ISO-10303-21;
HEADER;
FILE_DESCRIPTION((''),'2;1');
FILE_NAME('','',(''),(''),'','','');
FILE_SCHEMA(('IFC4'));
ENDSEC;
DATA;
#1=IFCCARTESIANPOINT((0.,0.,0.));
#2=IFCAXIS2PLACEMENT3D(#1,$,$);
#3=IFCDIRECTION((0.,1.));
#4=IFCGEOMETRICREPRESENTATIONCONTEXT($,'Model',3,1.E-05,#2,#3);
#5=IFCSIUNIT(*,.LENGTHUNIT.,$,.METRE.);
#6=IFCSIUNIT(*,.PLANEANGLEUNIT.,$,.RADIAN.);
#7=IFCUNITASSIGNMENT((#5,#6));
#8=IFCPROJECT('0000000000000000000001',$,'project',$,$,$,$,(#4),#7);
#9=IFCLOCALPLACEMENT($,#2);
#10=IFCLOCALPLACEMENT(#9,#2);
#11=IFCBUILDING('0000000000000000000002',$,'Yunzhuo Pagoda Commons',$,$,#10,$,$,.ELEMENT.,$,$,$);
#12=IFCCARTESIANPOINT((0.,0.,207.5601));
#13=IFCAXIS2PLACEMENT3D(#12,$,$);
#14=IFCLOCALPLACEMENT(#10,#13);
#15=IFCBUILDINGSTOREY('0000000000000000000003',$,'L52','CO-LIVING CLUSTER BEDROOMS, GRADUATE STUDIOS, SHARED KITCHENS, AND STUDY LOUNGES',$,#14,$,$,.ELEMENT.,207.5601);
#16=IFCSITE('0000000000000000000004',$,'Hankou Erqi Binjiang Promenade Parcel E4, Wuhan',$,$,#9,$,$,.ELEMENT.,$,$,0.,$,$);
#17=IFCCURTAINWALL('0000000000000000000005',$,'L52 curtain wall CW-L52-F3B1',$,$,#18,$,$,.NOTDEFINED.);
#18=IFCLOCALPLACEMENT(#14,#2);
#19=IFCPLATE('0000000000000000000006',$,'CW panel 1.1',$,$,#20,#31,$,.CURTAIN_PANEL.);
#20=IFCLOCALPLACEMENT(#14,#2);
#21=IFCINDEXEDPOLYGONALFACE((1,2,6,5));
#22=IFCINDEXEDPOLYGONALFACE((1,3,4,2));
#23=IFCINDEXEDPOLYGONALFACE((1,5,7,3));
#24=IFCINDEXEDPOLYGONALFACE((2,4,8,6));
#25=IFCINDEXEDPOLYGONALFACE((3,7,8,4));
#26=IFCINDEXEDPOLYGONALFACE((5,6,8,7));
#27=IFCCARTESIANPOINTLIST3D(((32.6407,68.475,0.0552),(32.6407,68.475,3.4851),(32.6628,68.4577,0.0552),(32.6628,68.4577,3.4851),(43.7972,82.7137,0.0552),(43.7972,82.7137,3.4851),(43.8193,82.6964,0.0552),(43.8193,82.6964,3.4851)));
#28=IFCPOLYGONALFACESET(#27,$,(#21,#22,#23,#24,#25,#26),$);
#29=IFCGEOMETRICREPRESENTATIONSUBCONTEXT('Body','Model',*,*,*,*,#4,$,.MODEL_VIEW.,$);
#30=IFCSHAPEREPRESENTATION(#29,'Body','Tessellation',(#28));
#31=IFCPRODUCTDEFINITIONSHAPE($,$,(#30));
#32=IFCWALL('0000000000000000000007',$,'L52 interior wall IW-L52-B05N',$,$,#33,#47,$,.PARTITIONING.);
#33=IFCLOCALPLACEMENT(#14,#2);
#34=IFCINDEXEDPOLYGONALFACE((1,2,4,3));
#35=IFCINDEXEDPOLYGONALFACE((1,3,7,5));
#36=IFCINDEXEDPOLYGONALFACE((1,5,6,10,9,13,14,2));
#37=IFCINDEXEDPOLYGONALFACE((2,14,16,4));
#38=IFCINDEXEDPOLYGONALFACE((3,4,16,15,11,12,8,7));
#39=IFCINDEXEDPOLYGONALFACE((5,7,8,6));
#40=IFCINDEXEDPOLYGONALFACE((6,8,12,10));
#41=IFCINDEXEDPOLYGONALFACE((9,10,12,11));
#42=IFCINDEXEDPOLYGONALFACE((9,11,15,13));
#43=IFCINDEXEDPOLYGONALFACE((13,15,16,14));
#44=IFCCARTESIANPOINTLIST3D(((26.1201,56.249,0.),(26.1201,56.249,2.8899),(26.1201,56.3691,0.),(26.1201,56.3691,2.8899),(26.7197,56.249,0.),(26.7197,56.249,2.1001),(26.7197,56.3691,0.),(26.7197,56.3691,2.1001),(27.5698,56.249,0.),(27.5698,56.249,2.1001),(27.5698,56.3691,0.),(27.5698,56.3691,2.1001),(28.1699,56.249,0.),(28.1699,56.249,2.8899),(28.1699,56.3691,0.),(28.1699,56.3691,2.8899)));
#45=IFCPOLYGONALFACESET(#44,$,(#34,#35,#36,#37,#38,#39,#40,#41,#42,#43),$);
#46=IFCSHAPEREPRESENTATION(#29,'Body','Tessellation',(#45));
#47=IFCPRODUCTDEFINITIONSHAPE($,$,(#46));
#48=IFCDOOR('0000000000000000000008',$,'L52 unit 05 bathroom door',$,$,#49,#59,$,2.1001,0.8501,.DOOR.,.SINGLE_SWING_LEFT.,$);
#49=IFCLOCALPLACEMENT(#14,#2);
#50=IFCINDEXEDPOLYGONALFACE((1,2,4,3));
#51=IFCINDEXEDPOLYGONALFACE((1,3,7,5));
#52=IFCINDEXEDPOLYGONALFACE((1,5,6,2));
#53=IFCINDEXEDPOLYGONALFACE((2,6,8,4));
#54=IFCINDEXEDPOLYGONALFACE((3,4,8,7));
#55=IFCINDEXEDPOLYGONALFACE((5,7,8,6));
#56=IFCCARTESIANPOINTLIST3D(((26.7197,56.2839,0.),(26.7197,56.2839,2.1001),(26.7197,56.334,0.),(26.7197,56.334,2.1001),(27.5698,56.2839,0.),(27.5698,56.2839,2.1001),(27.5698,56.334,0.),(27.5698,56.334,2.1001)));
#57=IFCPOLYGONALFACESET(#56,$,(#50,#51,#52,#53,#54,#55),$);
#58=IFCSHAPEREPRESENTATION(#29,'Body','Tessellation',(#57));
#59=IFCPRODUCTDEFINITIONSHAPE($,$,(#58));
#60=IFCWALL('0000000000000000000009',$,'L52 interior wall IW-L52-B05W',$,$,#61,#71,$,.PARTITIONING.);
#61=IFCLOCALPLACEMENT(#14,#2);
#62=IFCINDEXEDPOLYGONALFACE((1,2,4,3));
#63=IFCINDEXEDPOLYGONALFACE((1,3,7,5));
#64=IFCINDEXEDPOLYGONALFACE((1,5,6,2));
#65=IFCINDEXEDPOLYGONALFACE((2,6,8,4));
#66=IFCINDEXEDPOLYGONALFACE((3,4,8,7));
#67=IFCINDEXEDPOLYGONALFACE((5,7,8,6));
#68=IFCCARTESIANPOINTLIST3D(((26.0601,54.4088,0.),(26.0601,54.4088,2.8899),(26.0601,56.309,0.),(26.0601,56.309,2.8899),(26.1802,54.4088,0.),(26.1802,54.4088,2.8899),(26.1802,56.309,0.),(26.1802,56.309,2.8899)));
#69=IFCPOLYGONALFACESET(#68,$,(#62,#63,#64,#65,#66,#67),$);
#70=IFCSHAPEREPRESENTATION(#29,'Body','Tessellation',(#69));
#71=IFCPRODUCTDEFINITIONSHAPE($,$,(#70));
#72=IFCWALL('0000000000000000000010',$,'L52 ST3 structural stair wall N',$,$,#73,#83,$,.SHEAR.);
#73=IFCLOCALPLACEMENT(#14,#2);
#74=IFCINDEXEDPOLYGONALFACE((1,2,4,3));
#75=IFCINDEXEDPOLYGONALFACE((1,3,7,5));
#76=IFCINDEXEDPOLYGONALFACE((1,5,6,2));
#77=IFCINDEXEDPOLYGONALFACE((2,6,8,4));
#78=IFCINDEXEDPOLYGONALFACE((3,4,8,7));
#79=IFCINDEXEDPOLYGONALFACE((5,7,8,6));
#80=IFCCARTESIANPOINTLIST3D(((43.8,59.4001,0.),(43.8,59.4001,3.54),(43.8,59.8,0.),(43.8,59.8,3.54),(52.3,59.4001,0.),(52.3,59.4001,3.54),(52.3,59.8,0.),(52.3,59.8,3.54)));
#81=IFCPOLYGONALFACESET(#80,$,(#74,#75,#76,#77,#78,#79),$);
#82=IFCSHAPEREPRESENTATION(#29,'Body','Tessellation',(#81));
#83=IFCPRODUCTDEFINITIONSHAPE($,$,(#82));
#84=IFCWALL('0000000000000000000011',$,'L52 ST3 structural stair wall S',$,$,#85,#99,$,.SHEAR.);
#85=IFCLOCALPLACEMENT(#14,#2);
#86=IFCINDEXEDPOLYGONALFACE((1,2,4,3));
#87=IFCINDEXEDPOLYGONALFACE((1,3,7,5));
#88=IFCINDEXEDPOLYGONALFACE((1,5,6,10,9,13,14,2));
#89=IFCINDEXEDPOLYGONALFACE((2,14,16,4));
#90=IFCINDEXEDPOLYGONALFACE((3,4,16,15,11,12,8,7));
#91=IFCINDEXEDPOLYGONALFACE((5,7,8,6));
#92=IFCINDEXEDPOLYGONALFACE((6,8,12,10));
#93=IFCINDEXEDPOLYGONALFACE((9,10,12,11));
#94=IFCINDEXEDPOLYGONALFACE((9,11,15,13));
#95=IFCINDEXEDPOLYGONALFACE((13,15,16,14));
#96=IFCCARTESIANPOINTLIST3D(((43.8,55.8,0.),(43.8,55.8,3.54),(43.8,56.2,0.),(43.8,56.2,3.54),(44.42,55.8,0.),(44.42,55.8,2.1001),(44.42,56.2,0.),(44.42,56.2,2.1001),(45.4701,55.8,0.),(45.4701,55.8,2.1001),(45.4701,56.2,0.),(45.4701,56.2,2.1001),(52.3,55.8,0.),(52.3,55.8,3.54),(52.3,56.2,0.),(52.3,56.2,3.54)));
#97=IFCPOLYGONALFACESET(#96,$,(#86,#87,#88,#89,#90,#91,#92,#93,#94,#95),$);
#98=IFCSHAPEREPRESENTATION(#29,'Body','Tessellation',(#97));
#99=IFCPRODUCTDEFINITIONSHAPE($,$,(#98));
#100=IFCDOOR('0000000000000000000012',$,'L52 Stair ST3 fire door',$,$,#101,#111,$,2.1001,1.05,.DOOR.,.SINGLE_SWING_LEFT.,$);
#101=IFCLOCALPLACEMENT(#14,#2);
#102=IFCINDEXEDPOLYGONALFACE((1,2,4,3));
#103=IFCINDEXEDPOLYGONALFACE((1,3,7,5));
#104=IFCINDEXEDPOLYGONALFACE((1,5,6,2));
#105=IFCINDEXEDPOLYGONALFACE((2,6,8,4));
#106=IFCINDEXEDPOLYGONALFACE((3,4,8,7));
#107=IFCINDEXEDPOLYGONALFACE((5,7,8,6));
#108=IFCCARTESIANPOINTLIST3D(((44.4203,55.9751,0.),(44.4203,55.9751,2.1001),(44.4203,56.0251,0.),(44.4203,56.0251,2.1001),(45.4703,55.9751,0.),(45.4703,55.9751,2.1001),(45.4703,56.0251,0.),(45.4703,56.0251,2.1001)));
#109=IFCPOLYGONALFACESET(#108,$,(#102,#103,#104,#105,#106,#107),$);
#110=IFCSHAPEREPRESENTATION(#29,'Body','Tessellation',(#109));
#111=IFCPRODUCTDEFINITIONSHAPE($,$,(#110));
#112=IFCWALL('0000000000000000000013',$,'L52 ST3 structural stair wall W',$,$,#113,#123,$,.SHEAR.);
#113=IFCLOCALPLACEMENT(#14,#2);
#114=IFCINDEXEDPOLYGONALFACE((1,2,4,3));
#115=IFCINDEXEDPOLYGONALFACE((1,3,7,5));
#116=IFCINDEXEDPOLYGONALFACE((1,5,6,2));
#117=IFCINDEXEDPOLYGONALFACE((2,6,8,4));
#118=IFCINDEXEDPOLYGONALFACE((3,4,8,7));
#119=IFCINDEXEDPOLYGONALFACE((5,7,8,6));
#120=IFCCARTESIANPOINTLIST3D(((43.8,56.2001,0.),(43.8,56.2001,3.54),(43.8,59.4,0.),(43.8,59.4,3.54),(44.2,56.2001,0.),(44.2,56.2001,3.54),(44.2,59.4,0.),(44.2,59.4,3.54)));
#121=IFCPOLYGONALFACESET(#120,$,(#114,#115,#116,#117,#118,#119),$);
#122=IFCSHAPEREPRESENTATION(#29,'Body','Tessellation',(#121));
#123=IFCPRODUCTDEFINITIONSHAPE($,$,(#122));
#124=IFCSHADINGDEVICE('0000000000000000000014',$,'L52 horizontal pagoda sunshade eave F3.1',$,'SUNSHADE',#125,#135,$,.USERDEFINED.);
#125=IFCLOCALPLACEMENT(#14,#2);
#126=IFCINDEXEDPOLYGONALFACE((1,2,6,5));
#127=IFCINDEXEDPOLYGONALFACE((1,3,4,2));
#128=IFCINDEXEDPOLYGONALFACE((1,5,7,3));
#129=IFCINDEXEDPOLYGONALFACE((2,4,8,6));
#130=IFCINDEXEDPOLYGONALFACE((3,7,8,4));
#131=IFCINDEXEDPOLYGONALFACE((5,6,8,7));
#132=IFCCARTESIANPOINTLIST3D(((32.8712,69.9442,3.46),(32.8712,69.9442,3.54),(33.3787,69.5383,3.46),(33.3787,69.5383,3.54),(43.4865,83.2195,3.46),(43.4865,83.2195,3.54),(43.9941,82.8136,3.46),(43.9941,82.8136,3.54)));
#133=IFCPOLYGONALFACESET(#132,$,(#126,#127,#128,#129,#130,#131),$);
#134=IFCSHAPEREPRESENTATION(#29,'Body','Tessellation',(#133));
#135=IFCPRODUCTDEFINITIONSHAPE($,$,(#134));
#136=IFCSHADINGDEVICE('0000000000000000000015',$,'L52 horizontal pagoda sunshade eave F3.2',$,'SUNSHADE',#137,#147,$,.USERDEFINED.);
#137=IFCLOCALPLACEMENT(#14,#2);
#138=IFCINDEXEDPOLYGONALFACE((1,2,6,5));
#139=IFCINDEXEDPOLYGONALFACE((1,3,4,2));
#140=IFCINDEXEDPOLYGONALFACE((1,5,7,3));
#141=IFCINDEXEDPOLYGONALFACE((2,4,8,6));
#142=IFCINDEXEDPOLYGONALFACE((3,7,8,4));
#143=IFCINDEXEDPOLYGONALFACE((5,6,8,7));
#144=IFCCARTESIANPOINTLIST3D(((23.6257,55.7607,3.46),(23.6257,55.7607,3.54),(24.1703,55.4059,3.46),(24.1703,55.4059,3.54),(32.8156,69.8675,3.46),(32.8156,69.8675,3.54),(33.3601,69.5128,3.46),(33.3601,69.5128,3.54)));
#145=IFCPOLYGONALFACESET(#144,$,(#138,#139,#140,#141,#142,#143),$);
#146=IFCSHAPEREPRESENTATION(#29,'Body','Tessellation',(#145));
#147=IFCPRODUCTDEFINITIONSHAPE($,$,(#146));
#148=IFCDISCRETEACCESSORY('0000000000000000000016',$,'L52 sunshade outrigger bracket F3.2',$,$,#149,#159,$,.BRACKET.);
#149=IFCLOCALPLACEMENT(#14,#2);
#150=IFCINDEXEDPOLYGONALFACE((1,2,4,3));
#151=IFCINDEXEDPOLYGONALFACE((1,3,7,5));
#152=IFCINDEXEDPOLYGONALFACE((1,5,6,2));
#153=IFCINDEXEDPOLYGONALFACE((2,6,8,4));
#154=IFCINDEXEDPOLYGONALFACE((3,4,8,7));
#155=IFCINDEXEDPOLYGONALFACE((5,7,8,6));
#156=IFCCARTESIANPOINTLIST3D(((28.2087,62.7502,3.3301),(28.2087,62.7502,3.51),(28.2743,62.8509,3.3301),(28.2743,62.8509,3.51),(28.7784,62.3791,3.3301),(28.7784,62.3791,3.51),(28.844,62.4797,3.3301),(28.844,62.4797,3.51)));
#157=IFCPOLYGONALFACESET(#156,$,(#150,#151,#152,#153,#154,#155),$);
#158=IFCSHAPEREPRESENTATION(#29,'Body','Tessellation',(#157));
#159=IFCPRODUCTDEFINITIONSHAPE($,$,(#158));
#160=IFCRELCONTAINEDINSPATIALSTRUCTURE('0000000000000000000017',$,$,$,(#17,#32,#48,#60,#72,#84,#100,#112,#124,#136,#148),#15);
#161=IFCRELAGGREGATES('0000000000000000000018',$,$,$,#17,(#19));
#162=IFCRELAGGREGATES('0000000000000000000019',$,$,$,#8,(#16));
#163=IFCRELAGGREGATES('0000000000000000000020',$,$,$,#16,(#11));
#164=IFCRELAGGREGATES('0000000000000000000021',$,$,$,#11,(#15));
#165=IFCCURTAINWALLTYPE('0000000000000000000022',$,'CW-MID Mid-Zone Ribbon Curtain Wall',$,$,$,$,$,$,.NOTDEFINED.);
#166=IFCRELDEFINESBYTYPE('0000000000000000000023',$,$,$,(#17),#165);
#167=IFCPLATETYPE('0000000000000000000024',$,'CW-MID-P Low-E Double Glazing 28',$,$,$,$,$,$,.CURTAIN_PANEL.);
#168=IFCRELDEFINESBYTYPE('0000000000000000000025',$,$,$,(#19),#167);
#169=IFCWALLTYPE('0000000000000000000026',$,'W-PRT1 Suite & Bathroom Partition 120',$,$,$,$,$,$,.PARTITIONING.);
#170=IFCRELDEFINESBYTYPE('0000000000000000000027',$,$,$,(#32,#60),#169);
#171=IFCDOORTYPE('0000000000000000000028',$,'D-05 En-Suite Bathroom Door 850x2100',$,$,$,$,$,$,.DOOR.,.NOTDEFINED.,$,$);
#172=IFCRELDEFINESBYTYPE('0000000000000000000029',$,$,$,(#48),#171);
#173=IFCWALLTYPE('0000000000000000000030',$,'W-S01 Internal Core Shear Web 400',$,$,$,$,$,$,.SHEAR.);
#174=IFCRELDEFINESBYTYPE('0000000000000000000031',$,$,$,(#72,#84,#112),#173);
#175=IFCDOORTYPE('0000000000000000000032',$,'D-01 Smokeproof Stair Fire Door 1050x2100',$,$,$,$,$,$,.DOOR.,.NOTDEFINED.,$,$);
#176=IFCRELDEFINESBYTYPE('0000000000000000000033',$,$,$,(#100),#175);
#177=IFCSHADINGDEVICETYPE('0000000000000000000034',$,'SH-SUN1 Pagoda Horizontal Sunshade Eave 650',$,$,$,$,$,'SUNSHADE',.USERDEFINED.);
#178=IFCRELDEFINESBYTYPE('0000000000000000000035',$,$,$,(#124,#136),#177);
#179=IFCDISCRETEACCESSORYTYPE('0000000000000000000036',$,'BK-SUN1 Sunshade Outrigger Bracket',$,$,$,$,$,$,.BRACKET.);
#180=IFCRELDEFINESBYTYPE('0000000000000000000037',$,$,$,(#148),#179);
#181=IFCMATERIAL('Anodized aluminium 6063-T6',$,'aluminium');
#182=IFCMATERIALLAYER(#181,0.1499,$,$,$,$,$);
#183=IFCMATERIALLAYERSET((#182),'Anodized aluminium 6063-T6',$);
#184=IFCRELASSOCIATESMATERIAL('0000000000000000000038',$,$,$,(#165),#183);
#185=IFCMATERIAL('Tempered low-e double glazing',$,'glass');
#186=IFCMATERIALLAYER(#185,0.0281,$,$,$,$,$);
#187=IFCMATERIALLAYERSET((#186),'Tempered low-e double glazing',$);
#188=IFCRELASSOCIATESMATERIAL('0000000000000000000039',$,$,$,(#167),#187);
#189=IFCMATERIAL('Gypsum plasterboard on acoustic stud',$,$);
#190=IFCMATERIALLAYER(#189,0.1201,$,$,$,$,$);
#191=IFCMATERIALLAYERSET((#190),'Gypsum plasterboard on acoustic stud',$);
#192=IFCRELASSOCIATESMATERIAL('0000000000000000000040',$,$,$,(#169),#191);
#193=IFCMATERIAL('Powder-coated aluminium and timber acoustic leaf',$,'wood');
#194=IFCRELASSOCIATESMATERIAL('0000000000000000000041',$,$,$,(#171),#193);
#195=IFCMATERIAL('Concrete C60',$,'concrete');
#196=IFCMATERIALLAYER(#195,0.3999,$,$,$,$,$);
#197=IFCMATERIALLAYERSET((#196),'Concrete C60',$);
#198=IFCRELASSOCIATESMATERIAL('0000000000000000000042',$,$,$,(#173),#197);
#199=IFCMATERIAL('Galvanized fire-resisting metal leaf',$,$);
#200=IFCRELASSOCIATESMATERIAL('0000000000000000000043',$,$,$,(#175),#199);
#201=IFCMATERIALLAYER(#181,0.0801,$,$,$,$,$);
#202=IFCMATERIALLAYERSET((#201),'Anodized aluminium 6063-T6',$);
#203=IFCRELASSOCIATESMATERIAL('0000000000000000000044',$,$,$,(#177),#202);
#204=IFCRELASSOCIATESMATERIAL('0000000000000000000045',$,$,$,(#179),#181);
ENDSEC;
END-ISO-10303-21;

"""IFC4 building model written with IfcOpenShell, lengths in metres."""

from ifc_helpers import new_model, si_unit, direction, frame, frame_2d, origin, origin_2d, place, context, subcontext, project, spatial, rectangle, extrude, source, transform, mapped, material, layer, layer_set, type_object, element, fill, aggregate, save


model = new_model("IFC4")

# Units and contexts
model_context = context("Model", 3, precision=1e-05, world=origin(), true_north=direction((0.0, 1.0)))
body_context = subcontext(model_context, "Body", "Model", "MODEL_VIEW")
ifc_project = project(units=[si_unit("LENGTHUNIT", "METRE"), si_unit("PLANEANGLEUNIT", "RADIAN")], contexts=[model_context])

# Site, building, storey
site_placement = place(None, origin())
site = spatial("IfcSite", under=ifc_project, at=site_placement, Name="Hankou Erqi Binjiang Promenade Parcel E4, Wuhan", CompositionType="ELEMENT", RefElevation=0.0)
building_placement = place(site_placement, origin())
building = spatial("IfcBuilding", under=site, at=building_placement, Name="Yunzhuo Pagoda Commons", CompositionType="ELEMENT")
storey_placement = place(building_placement, frame((0.0, 0.0, 207.5601)))
storey = spatial("IfcBuildingStorey", under=building, at=storey_placement, Name="L52", Description="CO-LIVING CLUSTER BEDROOMS, GRADUATE STUDIOS, SHARED KITCHENS, AND STUDY LOUNGES", CompositionType="ELEMENT", Elevation=207.5601)

# Shared definitions
ifc_material_1 = material(Name="Anodized aluminium 6063-T6", Category="aluminium")
ifc_layer_1 = layer(ifc_material_1, 0.1499)
ifc_layer_set_1 = layer_set([ifc_layer_1], Name="Anodized aluminium 6063-T6")
curtain_wall_type = type_object("IfcCurtainWallType", Name="CW-MID Mid-Zone Ribbon Curtain Wall", PredefinedType="NOTDEFINED", material=ifc_layer_set_1)

# Curtain wall
curtain_wall_1_placement = place(storey_placement, origin())
curtain_wall_1 = element("IfcCurtainWall", 1, at=curtain_wall_1_placement, inside=storey, type_object=curtain_wall_type, Name="L52 curtain wall CW-L52-F3B1", PredefinedType="NOTDEFINED")

# Shared definitions
ifc_material_2 = material(Name="Tempered low-e double glazing", Category="glass")
ifc_layer_2 = layer(ifc_material_2, 0.0281)
ifc_layer_set_2 = layer_set([ifc_layer_2], Name="Tempered low-e double glazing")
plate_type_1 = type_object("IfcPlateType", Name="CW-MID-P Low-E Double Glazing 28", PredefinedType="CURTAIN_PANEL", material=ifc_layer_set_2)

# Plate
shared_shape_1 = source(origin(), body_context, "Body", "SweptSolid", [
    extrude(rectangle(XDim=18.0889, YDim=0.0281, at=origin_2d()), origin(), (0.0, 0.0, 1.0), 3.4299),
])
plate_1_placement = place(storey_placement, frame((38.23, 75.5857, 0.0552), z_axis=(0.0, 0.0, 1.0), x_axis=(-0.616762, -0.78715, 0.0)))
plate_1 = element("IfcPlate", 2, at=plate_1_placement, type_object=plate_type_1, Name="CW panel 1.1", PredefinedType="CURTAIN_PANEL", context=body_context, shape_type="MappedRepresentation", body=[
    mapped(shared_shape_1, transform((0.0, 0.0, 0.0), scale=1.0)),
])
aggregate(curtain_wall_1, [plate_1])

# Wall, opening, door
ifc_material_3 = material(Name="Gypsum plasterboard on acoustic stud")
ifc_layer_3 = layer(ifc_material_3, 0.1201)
ifc_layer_set_3 = layer_set([ifc_layer_3], Name="Gypsum plasterboard on acoustic stud")
wall_type_1 = type_object("IfcWallType", Name="W-PRT1 Suite & Bathroom Partition 120", PredefinedType="PARTITIONING", material=ifc_layer_set_3)
wall_1_placement = place(storey_placement, frame((28.1699, 56.3091, 0.0), z_axis=(0.0, 0.0, 1.0), x_axis=(-1.0, 0.0, 0.0)))
wall_1 = element("IfcWall", 3, at=wall_1_placement, inside=storey, type_object=wall_type_1, Name="L52 interior wall IW-L52-B05N", PredefinedType="PARTITIONING", context=body_context, shape_type="SweptSolid", body=[
    extrude(rectangle(XDim=2.0498, YDim=0.1201, at=frame_2d((1.0249, 0.0))), origin(), (0.0, 0.0, 1.0), 2.8899),
])
opening_1_placement = place(wall_1_placement, frame((0.6001, 0.0, 0.0)))
opening_1 = element("IfcOpeningElement", 4, at=opening_1_placement, cuts=wall_1, PredefinedType="OPENING", context=body_context, shape_type="SweptSolid", body=[
    extrude(rectangle(XDim=0.8501, YDim=2.1001, at=frame_2d((0.425, 1.05))), frame((0.0, 0.0701, 0.0), z_axis=(0.0, -1.0, 0.0), x_axis=(1.0, 0.0, 0.0)), (0.0, 0.0, 1.0), 0.1401),
])
ifc_material_4 = material(Name="Powder-coated aluminium and timber acoustic leaf", Category="wood")
door_type_1 = type_object("IfcDoorType", Name="D-05 En-Suite Bathroom Door 850x2100", OperationType="NOTDEFINED", PredefinedType="DOOR", material=ifc_material_4)
shared_shape_2 = source(origin(), body_context, "Body", "SweptSolid", [
    extrude(rectangle(XDim=0.8501, YDim=2.1001, at=frame_2d((0.425, 1.05))), frame((0.0, 0.0249, 0.0), z_axis=(0.0, -1.0, 0.0), x_axis=(1.0, 0.0, 0.0)), (0.0, 0.0, 1.0), 0.05),
])
door_1_placement = place(opening_1_placement, frame((0.8501, 0.0, 0.0), z_axis=(0.0, 0.0, 1.0), x_axis=(-1.0, 0.0, 0.0)))
door_1 = element("IfcDoor", 5, at=door_1_placement, inside=storey, type_object=door_type_1, Name="L52 unit 05 bathroom door", OperationType="SINGLE_SWING_LEFT", OverallHeight=2.1001, OverallWidth=0.8501, PredefinedType="DOOR", context=body_context, shape_type="MappedRepresentation", body=[
    mapped(shared_shape_2, transform((0.0, 0.0, 0.0), scale=1.0)),
])
fill(opening_1, door_1)

# Walls
wall_2_placement = place(storey_placement, frame((26.1201, 56.3091, 0.0), z_axis=(0.0, 0.0, 1.0), x_axis=(0.0, -1.0, 0.0)))
element("IfcWall", 6, at=wall_2_placement, inside=storey, type_object=wall_type_1, Name="L52 interior wall IW-L52-B05W", PredefinedType="PARTITIONING", context=body_context, shape_type="SweptSolid", body=[
    extrude(rectangle(XDim=1.9001, YDim=0.1201, at=frame_2d((0.9502, 0.0))), origin(), (0.0, 0.0, 1.0), 2.8899),
])
ifc_material_5 = material(Name="Concrete C60", Category="concrete")
ifc_layer_4 = layer(ifc_material_5, 0.3999)
ifc_layer_set_4 = layer_set([ifc_layer_4], Name="Concrete C60")
wall_type_2 = type_object("IfcWallType", Name="W-S01 Internal Core Shear Web 400", PredefinedType="SHEAR", material=ifc_layer_set_4)
wall_3_placement = place(storey_placement, frame((43.8, 59.6001, 0.0), z_axis=(0.0, 0.0, 1.0), x_axis=(1.0, 0.0, 0.0)))
element("IfcWall", 7, at=wall_3_placement, inside=storey, type_object=wall_type_2, Name="L52 ST3 structural stair wall N", PredefinedType="SHEAR", context=body_context, shape_type="SweptSolid", body=[
    extrude(rectangle(XDim=8.5, YDim=0.3999, at=frame_2d((4.25, 0.0))), origin(), (0.0, 0.0, 1.0), 3.54),
])

# Wall, opening, door
wall_4_placement = place(storey_placement, frame((43.8, 56.0, 0.0), z_axis=(0.0, 0.0, 1.0), x_axis=(1.0, 0.0, 0.0)))
wall_4 = element("IfcWall", 8, at=wall_4_placement, inside=storey, type_object=wall_type_2, Name="L52 ST3 structural stair wall S", PredefinedType="SHEAR", context=body_context, shape_type="SweptSolid", body=[
    extrude(rectangle(XDim=8.5, YDim=0.3999, at=frame_2d((4.25, 0.0))), origin(), (0.0, 0.0, 1.0), 3.54),
])
opening_2_placement = place(wall_4_placement, frame((0.6201, 0.0, 0.0)))
opening_2 = element("IfcOpeningElement", 9, at=opening_2_placement, cuts=wall_4, PredefinedType="OPENING", context=body_context, shape_type="SweptSolid", body=[
    extrude(rectangle(XDim=1.05, YDim=2.1001, at=frame_2d((0.5249, 1.05))), frame((0.0, 0.21, 0.0), z_axis=(0.0, -1.0, 0.0), x_axis=(1.0, 0.0, 0.0)), (0.0, 0.0, 1.0), 0.4199),
])
ifc_material_6 = material(Name="Galvanized fire-resisting metal leaf")
door_type_2 = type_object("IfcDoorType", Name="D-01 Smokeproof Stair Fire Door 1050x2100", OperationType="NOTDEFINED", PredefinedType="DOOR", material=ifc_material_6)
shared_shape_3 = source(origin(), body_context, "Body", "SweptSolid", [
    extrude(rectangle(XDim=1.05, YDim=2.1001, at=frame_2d((0.5249, 1.05))), frame((0.0, 0.0249, 0.0), z_axis=(0.0, -1.0, 0.0), x_axis=(1.0, 0.0, 0.0)), (0.0, 0.0, 1.0), 0.05),
])
door_2_placement = place(opening_2_placement, frame((1.05, 0.0, 0.0), z_axis=(0.0, 0.0, 1.0), x_axis=(-1.0, 0.0, 0.0)))
door_2 = element("IfcDoor", 10, at=door_2_placement, inside=storey, type_object=door_type_2, Name="L52 Stair ST3 fire door", OperationType="SINGLE_SWING_LEFT", OverallHeight=2.1001, OverallWidth=1.05, PredefinedType="DOOR", context=body_context, shape_type="MappedRepresentation", body=[
    mapped(shared_shape_3, transform((0.0, 0.0, 0.0), scale=1.0)),
])
fill(opening_2, door_2)

# Wall
wall_5_placement = place(storey_placement, frame((44.0, 56.2, 0.0), z_axis=(0.0, 0.0, 1.0), x_axis=(0.0, 1.0, 0.0)))
element("IfcWall", 11, at=wall_5_placement, inside=storey, type_object=wall_type_2, Name="L52 ST3 structural stair wall W", PredefinedType="SHEAR", context=body_context, shape_type="SweptSolid", body=[
    extrude(rectangle(XDim=3.2, YDim=0.3999, at=frame_2d((1.6001, 0.0))), origin(), (0.0, 0.0, 1.0), 3.54),
])

# Shading devices
ifc_layer_5 = layer(ifc_material_1, 0.0801)
ifc_layer_set_5 = layer_set([ifc_layer_5], Name="Anodized aluminium 6063-T6")
shading_device_type = type_object("IfcShadingDeviceType", Name="SH-SUN1 Pagoda Horizontal Sunshade Eave 650", ElementType="SUNSHADE", PredefinedType="USERDEFINED", material=ifc_layer_set_5)
shared_shape_4 = source(origin(), body_context, "Body", "SweptSolid", [
    extrude(rectangle(XDim=16.9976, YDim=0.6499, at=origin_2d()), origin(), (0.0, 0.0, 1.0), 0.0801),
])
shading_device_1_placement = place(storey_placement, frame((38.4326, 76.3789, 3.46), z_axis=(0.0, 0.0, 1.0), x_axis=(-0.62452, -0.781008, 0.0)))
element("IfcShadingDevice", 12, at=shading_device_1_placement, inside=storey, type_object=shading_device_type, Name="L52 horizontal pagoda sunshade eave F3.1", ObjectType="SUNSHADE", PredefinedType="USERDEFINED", context=body_context, shape_type="MappedRepresentation", body=[
    mapped(shared_shape_4, transform((0.0, 0.0, 0.0), scale=1.0)),
])
shared_shape_5 = source(origin(), body_context, "Body", "SweptSolid", [
    extrude(rectangle(XDim=16.8362, YDim=0.6499, at=origin_2d()), origin(), (0.0, 0.0, 1.0), 0.0801),
])
shading_device_2_placement = place(storey_placement, frame((28.4929, 62.6367, 3.46), z_axis=(0.0, 0.0, 1.0), x_axis=(-0.545839, -0.83789, 0.0)))
element("IfcShadingDevice", 13, at=shading_device_2_placement, inside=storey, type_object=shading_device_type, Name="L52 horizontal pagoda sunshade eave F3.2", ObjectType="SUNSHADE", PredefinedType="USERDEFINED", context=body_context, shape_type="MappedRepresentation", body=[
    mapped(shared_shape_5, transform((0.0, 0.0, 0.0), scale=1.0)),
])

# Discrete accessory
discrete_accessory_type = type_object("IfcDiscreteAccessoryType", Name="BK-SUN1 Sunshade Outrigger Bracket", PredefinedType="BRACKET", material=ifc_material_1)
shared_shape_6 = source(origin(), body_context, "Body", "SweptSolid", [
    extrude(rectangle(XDim=0.1201, YDim=0.6799, at=origin_2d()), origin(), (0.0, 0.0, 1.0), 0.1799),
])
discrete_accessory_placement = place(storey_placement, frame((28.5264, 62.615, 3.3301), z_axis=(0.0, 0.0, 1.0), x_axis=(-0.545839, -0.83789, 0.0)))
element("IfcDiscreteAccessory", 14, at=discrete_accessory_placement, inside=storey, type_object=discrete_accessory_type, Name="L52 sunshade outrigger bracket F3.2", PredefinedType="BRACKET", context=body_context, shape_type="MappedRepresentation", body=[
    mapped(shared_shape_6, transform((0.0, 0.0, 0.0), scale=1.0)),
])

save(model, "model.ifc")
